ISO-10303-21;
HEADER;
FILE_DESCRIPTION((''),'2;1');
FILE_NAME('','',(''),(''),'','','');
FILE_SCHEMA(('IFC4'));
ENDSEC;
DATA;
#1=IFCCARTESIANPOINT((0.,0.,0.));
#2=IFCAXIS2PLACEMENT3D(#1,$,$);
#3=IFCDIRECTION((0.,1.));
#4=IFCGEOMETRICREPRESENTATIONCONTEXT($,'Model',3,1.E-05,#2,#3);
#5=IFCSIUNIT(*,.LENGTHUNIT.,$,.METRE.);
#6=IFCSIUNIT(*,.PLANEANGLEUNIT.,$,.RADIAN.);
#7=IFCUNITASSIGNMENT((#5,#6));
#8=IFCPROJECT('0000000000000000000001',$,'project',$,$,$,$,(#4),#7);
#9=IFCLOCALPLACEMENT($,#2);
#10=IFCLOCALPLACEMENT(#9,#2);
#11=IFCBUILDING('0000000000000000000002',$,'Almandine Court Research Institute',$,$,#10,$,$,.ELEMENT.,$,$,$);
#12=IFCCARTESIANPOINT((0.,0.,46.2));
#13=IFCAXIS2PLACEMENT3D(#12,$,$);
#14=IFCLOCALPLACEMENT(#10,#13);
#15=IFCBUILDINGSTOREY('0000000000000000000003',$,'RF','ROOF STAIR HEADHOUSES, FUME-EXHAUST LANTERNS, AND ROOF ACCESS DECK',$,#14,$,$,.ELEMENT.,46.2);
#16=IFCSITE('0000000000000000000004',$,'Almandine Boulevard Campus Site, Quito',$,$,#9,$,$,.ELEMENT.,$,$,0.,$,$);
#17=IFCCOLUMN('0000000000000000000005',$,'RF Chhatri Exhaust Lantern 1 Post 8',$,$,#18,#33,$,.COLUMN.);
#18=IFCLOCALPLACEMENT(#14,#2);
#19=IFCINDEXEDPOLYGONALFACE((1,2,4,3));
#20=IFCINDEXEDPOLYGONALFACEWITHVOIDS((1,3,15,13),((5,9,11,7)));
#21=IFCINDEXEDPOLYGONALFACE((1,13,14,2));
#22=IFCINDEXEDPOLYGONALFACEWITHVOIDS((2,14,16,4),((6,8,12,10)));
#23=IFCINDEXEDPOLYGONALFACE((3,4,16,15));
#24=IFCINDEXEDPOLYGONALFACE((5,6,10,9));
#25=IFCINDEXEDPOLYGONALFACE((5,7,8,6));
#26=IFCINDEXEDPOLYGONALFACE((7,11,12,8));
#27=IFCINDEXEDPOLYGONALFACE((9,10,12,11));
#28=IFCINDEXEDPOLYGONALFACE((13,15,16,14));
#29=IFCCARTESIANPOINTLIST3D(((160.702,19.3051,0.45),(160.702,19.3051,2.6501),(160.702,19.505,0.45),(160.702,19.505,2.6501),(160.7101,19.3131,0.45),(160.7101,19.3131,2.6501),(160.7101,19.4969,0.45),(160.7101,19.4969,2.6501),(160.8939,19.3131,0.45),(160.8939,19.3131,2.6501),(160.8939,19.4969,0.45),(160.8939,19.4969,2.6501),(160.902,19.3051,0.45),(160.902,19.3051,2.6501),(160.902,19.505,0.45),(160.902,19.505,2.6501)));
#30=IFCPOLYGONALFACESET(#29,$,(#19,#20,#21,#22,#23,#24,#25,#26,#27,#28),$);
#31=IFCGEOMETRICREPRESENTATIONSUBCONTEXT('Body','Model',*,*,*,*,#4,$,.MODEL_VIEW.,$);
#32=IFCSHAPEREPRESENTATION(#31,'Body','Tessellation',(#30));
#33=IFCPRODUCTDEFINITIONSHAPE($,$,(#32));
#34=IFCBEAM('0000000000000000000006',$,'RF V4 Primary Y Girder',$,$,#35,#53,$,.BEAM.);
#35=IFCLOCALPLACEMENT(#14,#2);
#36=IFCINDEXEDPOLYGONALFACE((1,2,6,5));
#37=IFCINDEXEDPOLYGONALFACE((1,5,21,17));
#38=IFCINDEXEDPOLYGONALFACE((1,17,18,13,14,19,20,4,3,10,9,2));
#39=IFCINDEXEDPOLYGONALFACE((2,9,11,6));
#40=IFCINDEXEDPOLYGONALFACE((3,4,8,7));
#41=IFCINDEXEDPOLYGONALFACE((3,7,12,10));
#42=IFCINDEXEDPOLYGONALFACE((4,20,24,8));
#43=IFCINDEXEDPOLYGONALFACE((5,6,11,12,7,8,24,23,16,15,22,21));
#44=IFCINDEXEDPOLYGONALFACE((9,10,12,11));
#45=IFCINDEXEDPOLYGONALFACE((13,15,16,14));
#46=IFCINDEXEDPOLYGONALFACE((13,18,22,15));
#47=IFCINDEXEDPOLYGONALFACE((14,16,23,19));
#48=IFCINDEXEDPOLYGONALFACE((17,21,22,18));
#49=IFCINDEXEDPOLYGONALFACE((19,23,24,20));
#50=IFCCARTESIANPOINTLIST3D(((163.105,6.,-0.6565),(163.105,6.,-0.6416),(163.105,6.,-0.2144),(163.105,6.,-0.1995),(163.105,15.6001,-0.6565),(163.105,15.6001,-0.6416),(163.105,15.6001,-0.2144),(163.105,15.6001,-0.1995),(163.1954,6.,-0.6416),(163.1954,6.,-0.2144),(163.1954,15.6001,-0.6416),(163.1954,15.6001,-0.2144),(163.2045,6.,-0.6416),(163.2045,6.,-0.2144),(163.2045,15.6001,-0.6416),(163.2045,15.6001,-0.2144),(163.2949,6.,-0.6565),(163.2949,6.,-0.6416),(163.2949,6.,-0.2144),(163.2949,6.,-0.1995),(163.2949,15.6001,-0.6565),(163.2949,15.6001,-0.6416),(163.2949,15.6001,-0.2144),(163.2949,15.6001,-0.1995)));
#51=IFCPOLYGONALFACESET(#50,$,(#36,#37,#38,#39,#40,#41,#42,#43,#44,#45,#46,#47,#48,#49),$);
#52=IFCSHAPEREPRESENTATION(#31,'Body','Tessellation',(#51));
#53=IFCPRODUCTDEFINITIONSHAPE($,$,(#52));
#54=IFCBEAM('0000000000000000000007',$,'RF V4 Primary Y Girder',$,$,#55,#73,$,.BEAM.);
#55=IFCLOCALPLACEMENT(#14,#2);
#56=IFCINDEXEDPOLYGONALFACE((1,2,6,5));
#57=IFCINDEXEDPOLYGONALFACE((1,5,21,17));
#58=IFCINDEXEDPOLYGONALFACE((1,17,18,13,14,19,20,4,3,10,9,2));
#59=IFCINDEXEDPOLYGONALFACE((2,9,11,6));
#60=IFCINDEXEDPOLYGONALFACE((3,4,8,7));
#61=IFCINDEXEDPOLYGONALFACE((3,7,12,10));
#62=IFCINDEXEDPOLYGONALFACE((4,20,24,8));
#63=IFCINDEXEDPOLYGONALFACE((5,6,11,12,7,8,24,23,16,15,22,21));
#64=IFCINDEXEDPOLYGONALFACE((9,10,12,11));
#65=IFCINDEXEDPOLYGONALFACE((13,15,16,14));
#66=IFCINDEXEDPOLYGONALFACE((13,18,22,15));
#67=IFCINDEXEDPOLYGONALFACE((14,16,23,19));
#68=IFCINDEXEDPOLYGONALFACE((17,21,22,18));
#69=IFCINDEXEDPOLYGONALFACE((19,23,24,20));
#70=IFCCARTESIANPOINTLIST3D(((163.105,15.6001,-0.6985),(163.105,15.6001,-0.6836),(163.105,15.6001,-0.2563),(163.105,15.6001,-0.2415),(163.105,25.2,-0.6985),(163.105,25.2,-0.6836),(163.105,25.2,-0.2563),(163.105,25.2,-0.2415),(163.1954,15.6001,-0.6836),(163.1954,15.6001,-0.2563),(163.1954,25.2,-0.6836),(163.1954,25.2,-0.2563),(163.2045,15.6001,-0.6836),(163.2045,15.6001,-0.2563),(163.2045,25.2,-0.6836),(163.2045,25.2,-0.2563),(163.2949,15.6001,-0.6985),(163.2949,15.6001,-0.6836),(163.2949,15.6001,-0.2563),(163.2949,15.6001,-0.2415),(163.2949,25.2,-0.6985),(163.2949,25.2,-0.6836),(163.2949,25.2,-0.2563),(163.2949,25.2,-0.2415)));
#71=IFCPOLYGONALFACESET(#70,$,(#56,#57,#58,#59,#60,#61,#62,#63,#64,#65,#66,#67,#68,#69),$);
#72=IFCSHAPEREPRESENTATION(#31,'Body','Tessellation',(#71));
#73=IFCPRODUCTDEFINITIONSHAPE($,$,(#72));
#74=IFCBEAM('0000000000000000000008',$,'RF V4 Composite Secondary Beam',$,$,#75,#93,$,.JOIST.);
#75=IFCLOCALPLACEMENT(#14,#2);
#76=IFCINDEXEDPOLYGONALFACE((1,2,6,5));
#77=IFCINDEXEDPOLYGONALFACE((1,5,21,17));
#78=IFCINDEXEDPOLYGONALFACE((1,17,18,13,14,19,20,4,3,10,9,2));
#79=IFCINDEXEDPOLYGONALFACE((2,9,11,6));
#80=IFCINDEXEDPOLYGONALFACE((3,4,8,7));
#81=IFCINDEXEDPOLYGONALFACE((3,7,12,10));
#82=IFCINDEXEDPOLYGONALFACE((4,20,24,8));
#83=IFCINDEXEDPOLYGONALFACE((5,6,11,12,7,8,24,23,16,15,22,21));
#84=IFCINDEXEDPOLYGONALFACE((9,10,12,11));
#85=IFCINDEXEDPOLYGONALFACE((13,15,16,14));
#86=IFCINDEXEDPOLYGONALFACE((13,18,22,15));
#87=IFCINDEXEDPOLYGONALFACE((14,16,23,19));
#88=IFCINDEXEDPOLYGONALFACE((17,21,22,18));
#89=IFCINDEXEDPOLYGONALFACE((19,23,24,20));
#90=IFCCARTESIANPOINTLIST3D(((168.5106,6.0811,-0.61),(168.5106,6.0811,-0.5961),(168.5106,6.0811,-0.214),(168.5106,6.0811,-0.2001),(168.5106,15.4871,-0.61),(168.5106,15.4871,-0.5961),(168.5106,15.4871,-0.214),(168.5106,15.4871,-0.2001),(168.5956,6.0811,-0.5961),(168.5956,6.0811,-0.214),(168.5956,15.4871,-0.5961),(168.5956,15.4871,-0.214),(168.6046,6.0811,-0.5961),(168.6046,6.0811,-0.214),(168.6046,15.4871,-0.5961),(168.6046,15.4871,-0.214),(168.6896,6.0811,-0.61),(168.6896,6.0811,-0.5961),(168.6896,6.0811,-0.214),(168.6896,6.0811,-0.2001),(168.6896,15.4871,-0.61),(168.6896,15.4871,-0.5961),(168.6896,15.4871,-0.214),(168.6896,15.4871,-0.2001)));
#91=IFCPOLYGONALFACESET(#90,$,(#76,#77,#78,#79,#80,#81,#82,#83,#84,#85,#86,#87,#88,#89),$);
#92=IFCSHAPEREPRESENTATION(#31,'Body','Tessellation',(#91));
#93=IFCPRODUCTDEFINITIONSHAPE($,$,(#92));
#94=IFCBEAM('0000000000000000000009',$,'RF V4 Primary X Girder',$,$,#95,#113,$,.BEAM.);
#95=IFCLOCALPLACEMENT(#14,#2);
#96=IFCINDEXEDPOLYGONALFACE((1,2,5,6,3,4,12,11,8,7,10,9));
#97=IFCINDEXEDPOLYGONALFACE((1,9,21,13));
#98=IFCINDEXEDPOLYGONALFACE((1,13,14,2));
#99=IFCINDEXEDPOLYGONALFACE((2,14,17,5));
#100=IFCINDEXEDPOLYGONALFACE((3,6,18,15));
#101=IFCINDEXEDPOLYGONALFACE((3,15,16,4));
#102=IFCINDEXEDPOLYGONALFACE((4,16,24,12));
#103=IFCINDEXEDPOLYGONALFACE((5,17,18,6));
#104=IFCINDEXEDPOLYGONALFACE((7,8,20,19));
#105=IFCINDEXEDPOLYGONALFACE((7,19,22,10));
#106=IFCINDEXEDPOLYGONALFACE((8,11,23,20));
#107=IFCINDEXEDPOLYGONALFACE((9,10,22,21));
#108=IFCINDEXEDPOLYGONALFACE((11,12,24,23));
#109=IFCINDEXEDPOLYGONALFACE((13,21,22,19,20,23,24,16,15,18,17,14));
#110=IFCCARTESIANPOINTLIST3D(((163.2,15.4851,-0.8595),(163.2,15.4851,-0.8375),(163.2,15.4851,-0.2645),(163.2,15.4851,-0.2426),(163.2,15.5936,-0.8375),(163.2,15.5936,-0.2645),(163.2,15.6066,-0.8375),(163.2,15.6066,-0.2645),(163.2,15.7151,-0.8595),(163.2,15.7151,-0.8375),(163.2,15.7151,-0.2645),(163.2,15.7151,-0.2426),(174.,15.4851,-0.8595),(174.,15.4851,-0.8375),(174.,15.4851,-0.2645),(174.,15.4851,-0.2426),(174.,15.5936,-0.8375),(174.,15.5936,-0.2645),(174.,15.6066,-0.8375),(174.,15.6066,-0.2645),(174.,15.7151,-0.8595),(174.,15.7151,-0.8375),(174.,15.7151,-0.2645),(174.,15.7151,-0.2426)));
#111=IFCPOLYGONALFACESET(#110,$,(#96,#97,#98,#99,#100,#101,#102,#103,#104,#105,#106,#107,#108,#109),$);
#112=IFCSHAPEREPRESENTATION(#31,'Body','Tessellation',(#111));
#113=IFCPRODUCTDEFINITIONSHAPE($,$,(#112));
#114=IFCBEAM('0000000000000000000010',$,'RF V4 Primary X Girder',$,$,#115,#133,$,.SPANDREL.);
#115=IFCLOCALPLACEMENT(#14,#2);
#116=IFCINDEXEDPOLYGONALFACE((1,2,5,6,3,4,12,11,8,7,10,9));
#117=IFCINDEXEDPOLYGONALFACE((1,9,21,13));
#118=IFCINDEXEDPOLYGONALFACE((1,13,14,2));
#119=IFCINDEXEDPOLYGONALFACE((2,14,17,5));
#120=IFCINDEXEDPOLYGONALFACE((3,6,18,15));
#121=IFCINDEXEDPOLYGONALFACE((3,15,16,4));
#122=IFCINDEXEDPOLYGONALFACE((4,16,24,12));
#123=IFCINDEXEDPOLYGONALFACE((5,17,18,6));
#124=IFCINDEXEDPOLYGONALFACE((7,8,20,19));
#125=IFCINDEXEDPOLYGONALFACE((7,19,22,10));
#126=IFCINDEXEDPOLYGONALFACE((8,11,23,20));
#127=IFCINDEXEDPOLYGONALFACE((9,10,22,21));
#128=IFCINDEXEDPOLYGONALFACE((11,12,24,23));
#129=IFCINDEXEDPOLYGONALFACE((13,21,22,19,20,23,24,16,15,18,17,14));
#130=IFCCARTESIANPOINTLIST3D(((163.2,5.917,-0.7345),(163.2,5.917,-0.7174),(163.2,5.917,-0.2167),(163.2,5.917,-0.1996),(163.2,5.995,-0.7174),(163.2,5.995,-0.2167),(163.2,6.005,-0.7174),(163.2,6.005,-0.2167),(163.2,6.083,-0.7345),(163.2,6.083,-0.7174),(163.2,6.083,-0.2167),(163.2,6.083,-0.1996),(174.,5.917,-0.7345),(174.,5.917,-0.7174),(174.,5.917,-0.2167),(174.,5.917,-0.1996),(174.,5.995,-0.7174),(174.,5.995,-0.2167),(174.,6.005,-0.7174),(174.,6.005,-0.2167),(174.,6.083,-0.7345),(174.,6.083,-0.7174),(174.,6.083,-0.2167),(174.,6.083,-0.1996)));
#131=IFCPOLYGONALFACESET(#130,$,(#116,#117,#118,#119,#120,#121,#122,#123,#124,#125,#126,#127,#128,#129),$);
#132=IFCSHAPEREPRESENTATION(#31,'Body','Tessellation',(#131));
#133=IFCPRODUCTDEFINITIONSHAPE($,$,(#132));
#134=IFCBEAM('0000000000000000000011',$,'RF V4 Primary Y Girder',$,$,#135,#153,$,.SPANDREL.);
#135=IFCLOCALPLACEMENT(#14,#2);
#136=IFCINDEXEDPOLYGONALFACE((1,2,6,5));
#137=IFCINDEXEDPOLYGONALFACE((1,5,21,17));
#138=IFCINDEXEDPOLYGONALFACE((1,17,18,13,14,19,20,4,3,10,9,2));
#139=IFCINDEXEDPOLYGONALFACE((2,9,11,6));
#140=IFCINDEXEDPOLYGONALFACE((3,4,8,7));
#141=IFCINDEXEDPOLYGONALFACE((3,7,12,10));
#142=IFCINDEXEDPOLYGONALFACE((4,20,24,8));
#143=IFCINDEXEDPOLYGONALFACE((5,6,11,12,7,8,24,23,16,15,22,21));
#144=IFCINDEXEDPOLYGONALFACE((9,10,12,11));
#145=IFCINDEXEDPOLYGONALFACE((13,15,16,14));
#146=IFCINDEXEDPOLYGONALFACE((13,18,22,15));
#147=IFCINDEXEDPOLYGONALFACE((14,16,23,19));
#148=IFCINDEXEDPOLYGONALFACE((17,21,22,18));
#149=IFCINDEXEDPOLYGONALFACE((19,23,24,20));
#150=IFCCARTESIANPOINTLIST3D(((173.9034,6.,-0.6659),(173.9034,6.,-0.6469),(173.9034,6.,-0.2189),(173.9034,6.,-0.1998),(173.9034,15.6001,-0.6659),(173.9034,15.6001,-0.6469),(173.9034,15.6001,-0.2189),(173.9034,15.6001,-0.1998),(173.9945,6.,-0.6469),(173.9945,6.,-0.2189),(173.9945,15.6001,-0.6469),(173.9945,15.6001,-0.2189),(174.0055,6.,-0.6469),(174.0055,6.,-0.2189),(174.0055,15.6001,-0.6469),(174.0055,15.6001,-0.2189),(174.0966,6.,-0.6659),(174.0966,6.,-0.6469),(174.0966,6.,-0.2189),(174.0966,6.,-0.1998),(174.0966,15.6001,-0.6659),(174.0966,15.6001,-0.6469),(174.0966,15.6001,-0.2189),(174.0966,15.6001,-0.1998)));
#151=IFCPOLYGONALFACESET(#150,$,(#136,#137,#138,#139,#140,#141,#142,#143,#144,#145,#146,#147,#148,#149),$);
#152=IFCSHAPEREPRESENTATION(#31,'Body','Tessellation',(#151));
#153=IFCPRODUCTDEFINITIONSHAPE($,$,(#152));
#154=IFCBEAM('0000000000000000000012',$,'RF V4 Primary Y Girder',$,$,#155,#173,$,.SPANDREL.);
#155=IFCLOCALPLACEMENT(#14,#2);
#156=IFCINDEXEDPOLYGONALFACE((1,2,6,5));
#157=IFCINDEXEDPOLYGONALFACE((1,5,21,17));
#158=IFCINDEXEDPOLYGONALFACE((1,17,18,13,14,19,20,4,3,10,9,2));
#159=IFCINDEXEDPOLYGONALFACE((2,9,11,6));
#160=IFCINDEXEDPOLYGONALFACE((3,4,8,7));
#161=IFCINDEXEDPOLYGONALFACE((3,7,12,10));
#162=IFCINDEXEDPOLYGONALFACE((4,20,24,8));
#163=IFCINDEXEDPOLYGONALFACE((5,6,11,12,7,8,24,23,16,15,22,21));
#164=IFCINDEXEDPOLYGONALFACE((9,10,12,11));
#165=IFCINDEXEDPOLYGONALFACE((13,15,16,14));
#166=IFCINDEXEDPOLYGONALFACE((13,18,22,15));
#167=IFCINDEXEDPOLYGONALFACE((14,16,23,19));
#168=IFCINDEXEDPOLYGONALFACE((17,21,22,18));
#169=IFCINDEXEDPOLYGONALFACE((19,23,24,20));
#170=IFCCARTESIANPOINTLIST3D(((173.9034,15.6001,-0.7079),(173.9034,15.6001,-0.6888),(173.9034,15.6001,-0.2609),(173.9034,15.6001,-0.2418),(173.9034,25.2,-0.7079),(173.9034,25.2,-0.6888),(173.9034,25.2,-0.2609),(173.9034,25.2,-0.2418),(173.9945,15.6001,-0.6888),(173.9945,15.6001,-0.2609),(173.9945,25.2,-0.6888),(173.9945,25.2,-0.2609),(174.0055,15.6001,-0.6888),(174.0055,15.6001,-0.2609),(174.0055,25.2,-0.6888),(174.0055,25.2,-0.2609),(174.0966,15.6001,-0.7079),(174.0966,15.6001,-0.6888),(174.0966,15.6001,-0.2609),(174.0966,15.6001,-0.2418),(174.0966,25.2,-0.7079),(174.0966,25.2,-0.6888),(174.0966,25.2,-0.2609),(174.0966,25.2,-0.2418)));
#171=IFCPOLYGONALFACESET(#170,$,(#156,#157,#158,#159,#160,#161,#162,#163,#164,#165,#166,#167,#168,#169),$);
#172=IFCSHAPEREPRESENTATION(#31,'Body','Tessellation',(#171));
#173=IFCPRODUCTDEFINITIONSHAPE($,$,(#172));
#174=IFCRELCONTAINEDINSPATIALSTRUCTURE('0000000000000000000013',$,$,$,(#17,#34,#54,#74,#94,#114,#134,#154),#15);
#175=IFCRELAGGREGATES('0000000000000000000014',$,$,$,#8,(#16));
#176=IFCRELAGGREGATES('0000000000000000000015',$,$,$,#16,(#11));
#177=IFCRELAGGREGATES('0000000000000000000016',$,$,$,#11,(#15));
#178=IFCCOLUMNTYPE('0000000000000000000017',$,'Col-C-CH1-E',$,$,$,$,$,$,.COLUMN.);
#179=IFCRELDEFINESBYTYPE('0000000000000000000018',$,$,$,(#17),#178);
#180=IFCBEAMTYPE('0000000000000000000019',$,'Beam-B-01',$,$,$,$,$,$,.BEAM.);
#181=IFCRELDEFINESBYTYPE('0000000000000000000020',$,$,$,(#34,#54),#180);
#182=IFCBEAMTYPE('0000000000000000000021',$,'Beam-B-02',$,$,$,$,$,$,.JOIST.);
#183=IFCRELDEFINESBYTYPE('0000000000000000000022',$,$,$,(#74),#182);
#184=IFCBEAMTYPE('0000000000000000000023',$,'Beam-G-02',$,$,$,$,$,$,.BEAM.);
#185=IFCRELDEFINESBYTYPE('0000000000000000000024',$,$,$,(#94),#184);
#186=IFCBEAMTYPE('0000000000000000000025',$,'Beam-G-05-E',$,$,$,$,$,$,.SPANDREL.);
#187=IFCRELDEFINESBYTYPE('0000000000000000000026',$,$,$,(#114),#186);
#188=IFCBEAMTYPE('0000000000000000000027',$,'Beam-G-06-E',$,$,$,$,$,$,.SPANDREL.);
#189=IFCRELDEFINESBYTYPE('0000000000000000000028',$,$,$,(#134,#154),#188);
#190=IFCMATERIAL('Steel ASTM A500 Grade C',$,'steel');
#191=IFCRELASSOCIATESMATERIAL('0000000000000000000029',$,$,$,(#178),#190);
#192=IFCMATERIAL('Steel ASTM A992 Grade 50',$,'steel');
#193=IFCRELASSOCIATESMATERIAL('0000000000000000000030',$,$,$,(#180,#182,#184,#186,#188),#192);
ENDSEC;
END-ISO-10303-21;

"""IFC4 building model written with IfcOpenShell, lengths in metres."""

from ifc_helpers import new_model, si_unit, direction, frame, origin, origin_2d, place, context, subcontext, project, spatial, hollow_rectangle, i_section, extrude, material, material_profile, profile_set, type_object, element, save


model = new_model("IFC4")

# Units and contexts
model_context = context("Model", 3, precision=1e-05, world=origin(), true_north=direction((0.0, 1.0)))
body_context = subcontext(model_context, "Body", "Model", "MODEL_VIEW")
ifc_project = project(units=[si_unit("LENGTHUNIT", "METRE"), si_unit("PLANEANGLEUNIT", "RADIAN")], contexts=[model_context])

# Site, building, storey
site_placement = place(None, origin())
site = spatial("IfcSite", under=ifc_project, at=site_placement, Name="Almandine Boulevard Campus Site, Quito", CompositionType="ELEMENT", RefElevation=0.0)
building_placement = place(site_placement, origin())
building = spatial("IfcBuilding", under=site, at=building_placement, Name="Almandine Court Research Institute", CompositionType="ELEMENT")
storey_placement = place(building_placement, frame((0.0, 0.0, 46.2)))
storey = spatial("IfcBuildingStorey", under=building, at=storey_placement, Name="RF", Description="ROOF STAIR HEADHOUSES, FUME-EXHAUST LANTERNS, AND ROOF ACCESS DECK", CompositionType="ELEMENT", Elevation=46.2)

# Column
ifc_material_1 = material(Name="Steel ASTM A500 Grade C", Category="steel")
ifc_material_profile_1 = material_profile(ifc_material_1, hollow_rectangle(XDim=0.2, YDim=0.2, WallThickness=0.0081, at=origin_2d()), Name="HSS 200x200x8")
ifc_profile_set_1 = profile_set([ifc_material_profile_1], Name="Steel ASTM A500 Grade C")
column_type = type_object("IfcColumnType", Name="Col-C-CH1-E", PredefinedType="COLUMN", material=ifc_profile_set_1)
column_placement = place(storey_placement, frame((160.802, 19.405, 0.45), z_axis=(0.0, 0.0, 1.0), x_axis=(1.0, 0.0, 0.0)))
element("IfcColumn", 1, at=column_placement, inside=storey, type_object=column_type, Name="RF Chhatri Exhaust Lantern 1 Post 8", PredefinedType="COLUMN", context=body_context, shape_type="SweptSolid", body=[
    extrude(hollow_rectangle(XDim=0.2, YDim=0.2, WallThickness=0.0081, at=origin_2d()), origin(), (0.0, 0.0, 1.0), 2.2002),
])

# Beams
ifc_material_2 = material(Name="Steel ASTM A992 Grade 50", Category="steel")
ifc_material_profile_2 = material_profile(ifc_material_2, i_section(OverallWidth=0.1899, OverallDepth=0.457, WebThickness=0.009, FlangeThickness=0.0149, at=origin_2d()), Name="W460x74")
ifc_profile_set_2 = profile_set([ifc_material_profile_2], Name="Steel ASTM A992 Grade 50")
beam_type_1 = type_object("IfcBeamType", Name="Beam-B-01", PredefinedType="BEAM", material=ifc_profile_set_2)
beam_1_placement = place(storey_placement, frame((163.2, 6.0, -0.428), z_axis=(0.0, 1.0, 0.0), x_axis=(-1.0, 0.0, 0.0)))
element("IfcBeam", 2, at=beam_1_placement, inside=storey, type_object=beam_type_1, Name="RF V4 Primary Y Girder", PredefinedType="BEAM", context=body_context, shape_type="SweptSolid", body=[
    extrude(i_section(OverallWidth=0.1899, OverallDepth=0.457, WebThickness=0.009, FlangeThickness=0.0149, at=origin_2d()), origin(), (0.0, 0.0, 1.0), 9.6001),
])
beam_2_placement = place(storey_placement, frame((163.2, 15.6001, -0.47), z_axis=(0.0, 1.0, 0.0), x_axis=(-1.0, 0.0, 0.0)))
element("IfcBeam", 3, at=beam_2_placement, inside=storey, type_object=beam_type_1, Name="RF V4 Primary Y Girder", PredefinedType="BEAM", context=body_context, shape_type="SweptSolid", body=[
    extrude(i_section(OverallWidth=0.1899, OverallDepth=0.457, WebThickness=0.009, FlangeThickness=0.0149, at=origin_2d()), origin(), (0.0, 0.0, 1.0), 9.5999),
])
ifc_material_profile_3 = material_profile(ifc_material_2, i_section(OverallWidth=0.179, OverallDepth=0.4099, WebThickness=0.009, FlangeThickness=0.0139, at=origin_2d()), Name="W410x67")
ifc_profile_set_3 = profile_set([ifc_material_profile_3], Name="Steel ASTM A992 Grade 50")
beam_type_2 = type_object("IfcBeamType", Name="Beam-B-02", PredefinedType="JOIST", material=ifc_profile_set_3)
beam_3_placement = place(storey_placement, frame((168.6001, 6.0811, -0.405), z_axis=(0.0, 1.0, 0.0), x_axis=(-1.0, 0.0, 0.0)))
element("IfcBeam", 4, at=beam_3_placement, inside=storey, type_object=beam_type_2, Name="RF V4 Composite Secondary Beam", PredefinedType="JOIST", context=body_context, shape_type="SweptSolid", body=[
    extrude(i_section(OverallWidth=0.179, OverallDepth=0.4099, WebThickness=0.009, FlangeThickness=0.0139, at=origin_2d()), origin(), (0.0, 0.0, 1.0), 9.406),
])
ifc_material_profile_4 = material_profile(ifc_material_2, i_section(OverallWidth=0.23, OverallDepth=0.6169, WebThickness=0.0129, FlangeThickness=0.022, at=origin_2d()), Name="W610x140")
ifc_profile_set_4 = profile_set([ifc_material_profile_4], Name="Steel ASTM A992 Grade 50")
beam_type_3 = type_object("IfcBeamType", Name="Beam-G-02", PredefinedType="BEAM", material=ifc_profile_set_4)
beam_4_placement = place(storey_placement, frame((163.2, 15.6001, -0.551), z_axis=(1.0, 0.0, 0.0), x_axis=(0.0, 1.0, 0.0)))
element("IfcBeam", 5, at=beam_4_placement, inside=storey, type_object=beam_type_3, Name="RF V4 Primary X Girder", PredefinedType="BEAM", context=body_context, shape_type="SweptSolid", body=[
    extrude(i_section(OverallWidth=0.23, OverallDepth=0.6169, WebThickness=0.0129, FlangeThickness=0.022, at=origin_2d()), origin(), (0.0, 0.0, 1.0), 10.8),
])
ifc_material_profile_5 = material_profile(ifc_material_2, i_section(OverallWidth=0.166, OverallDepth=0.5349, WebThickness=0.01, FlangeThickness=0.0171, at=origin_2d()), Name="W530x85")
ifc_profile_set_5 = profile_set([ifc_material_profile_5], Name="Steel ASTM A992 Grade 50")
beam_type_4 = type_object("IfcBeamType", Name="Beam-G-05-E", PredefinedType="SPANDREL", material=ifc_profile_set_5)
beam_5_placement = place(storey_placement, frame((163.2, 6.0, -0.467), z_axis=(1.0, 0.0, 0.0), x_axis=(0.0, 1.0, 0.0)))
element("IfcBeam", 6, at=beam_5_placement, inside=storey, type_object=beam_type_4, Name="RF V4 Primary X Girder", PredefinedType="SPANDREL", context=body_context, shape_type="SweptSolid", body=[
    extrude(i_section(OverallWidth=0.166, OverallDepth=0.5349, WebThickness=0.01, FlangeThickness=0.0171, at=origin_2d()), origin(), (0.0, 0.0, 1.0), 10.8),
])
ifc_material_profile_6 = material_profile(ifc_material_2, i_section(OverallWidth=0.1931, OverallDepth=0.4661, WebThickness=0.011, FlangeThickness=0.019, at=origin_2d()), Name="W460x97")
ifc_profile_set_6 = profile_set([ifc_material_profile_6], Name="Steel ASTM A992 Grade 50")
beam_type_5 = type_object("IfcBeamType", Name="Beam-G-06-E", PredefinedType="SPANDREL", material=ifc_profile_set_6)
beam_6_placement = place(storey_placement, frame((174.0, 6.0, -0.4329), z_axis=(0.0, 1.0, 0.0), x_axis=(-1.0, 0.0, 0.0)))
element("IfcBeam", 7, at=beam_6_placement, inside=storey, type_object=beam_type_5, Name="RF V4 Primary Y Girder", PredefinedType="SPANDREL", context=body_context, shape_type="SweptSolid", body=[
    extrude(i_section(OverallWidth=0.1931, OverallDepth=0.4661, WebThickness=0.011, FlangeThickness=0.019, at=origin_2d()), origin(), (0.0, 0.0, 1.0), 9.6001),
])
beam_7_placement = place(storey_placement, frame((174.0, 15.6001, -0.4749), z_axis=(0.0, 1.0, 0.0), x_axis=(-1.0, 0.0, 0.0)))
element("IfcBeam", 8, at=beam_7_placement, inside=storey, type_object=beam_type_5, Name="RF V4 Primary Y Girder", PredefinedType="SPANDREL", context=body_context, shape_type="SweptSolid", body=[
    extrude(i_section(OverallWidth=0.1931, OverallDepth=0.4661, WebThickness=0.011, FlangeThickness=0.019, at=origin_2d()), origin(), (0.0, 0.0, 1.0), 9.5999),
])

save(model, "model.ifc")
